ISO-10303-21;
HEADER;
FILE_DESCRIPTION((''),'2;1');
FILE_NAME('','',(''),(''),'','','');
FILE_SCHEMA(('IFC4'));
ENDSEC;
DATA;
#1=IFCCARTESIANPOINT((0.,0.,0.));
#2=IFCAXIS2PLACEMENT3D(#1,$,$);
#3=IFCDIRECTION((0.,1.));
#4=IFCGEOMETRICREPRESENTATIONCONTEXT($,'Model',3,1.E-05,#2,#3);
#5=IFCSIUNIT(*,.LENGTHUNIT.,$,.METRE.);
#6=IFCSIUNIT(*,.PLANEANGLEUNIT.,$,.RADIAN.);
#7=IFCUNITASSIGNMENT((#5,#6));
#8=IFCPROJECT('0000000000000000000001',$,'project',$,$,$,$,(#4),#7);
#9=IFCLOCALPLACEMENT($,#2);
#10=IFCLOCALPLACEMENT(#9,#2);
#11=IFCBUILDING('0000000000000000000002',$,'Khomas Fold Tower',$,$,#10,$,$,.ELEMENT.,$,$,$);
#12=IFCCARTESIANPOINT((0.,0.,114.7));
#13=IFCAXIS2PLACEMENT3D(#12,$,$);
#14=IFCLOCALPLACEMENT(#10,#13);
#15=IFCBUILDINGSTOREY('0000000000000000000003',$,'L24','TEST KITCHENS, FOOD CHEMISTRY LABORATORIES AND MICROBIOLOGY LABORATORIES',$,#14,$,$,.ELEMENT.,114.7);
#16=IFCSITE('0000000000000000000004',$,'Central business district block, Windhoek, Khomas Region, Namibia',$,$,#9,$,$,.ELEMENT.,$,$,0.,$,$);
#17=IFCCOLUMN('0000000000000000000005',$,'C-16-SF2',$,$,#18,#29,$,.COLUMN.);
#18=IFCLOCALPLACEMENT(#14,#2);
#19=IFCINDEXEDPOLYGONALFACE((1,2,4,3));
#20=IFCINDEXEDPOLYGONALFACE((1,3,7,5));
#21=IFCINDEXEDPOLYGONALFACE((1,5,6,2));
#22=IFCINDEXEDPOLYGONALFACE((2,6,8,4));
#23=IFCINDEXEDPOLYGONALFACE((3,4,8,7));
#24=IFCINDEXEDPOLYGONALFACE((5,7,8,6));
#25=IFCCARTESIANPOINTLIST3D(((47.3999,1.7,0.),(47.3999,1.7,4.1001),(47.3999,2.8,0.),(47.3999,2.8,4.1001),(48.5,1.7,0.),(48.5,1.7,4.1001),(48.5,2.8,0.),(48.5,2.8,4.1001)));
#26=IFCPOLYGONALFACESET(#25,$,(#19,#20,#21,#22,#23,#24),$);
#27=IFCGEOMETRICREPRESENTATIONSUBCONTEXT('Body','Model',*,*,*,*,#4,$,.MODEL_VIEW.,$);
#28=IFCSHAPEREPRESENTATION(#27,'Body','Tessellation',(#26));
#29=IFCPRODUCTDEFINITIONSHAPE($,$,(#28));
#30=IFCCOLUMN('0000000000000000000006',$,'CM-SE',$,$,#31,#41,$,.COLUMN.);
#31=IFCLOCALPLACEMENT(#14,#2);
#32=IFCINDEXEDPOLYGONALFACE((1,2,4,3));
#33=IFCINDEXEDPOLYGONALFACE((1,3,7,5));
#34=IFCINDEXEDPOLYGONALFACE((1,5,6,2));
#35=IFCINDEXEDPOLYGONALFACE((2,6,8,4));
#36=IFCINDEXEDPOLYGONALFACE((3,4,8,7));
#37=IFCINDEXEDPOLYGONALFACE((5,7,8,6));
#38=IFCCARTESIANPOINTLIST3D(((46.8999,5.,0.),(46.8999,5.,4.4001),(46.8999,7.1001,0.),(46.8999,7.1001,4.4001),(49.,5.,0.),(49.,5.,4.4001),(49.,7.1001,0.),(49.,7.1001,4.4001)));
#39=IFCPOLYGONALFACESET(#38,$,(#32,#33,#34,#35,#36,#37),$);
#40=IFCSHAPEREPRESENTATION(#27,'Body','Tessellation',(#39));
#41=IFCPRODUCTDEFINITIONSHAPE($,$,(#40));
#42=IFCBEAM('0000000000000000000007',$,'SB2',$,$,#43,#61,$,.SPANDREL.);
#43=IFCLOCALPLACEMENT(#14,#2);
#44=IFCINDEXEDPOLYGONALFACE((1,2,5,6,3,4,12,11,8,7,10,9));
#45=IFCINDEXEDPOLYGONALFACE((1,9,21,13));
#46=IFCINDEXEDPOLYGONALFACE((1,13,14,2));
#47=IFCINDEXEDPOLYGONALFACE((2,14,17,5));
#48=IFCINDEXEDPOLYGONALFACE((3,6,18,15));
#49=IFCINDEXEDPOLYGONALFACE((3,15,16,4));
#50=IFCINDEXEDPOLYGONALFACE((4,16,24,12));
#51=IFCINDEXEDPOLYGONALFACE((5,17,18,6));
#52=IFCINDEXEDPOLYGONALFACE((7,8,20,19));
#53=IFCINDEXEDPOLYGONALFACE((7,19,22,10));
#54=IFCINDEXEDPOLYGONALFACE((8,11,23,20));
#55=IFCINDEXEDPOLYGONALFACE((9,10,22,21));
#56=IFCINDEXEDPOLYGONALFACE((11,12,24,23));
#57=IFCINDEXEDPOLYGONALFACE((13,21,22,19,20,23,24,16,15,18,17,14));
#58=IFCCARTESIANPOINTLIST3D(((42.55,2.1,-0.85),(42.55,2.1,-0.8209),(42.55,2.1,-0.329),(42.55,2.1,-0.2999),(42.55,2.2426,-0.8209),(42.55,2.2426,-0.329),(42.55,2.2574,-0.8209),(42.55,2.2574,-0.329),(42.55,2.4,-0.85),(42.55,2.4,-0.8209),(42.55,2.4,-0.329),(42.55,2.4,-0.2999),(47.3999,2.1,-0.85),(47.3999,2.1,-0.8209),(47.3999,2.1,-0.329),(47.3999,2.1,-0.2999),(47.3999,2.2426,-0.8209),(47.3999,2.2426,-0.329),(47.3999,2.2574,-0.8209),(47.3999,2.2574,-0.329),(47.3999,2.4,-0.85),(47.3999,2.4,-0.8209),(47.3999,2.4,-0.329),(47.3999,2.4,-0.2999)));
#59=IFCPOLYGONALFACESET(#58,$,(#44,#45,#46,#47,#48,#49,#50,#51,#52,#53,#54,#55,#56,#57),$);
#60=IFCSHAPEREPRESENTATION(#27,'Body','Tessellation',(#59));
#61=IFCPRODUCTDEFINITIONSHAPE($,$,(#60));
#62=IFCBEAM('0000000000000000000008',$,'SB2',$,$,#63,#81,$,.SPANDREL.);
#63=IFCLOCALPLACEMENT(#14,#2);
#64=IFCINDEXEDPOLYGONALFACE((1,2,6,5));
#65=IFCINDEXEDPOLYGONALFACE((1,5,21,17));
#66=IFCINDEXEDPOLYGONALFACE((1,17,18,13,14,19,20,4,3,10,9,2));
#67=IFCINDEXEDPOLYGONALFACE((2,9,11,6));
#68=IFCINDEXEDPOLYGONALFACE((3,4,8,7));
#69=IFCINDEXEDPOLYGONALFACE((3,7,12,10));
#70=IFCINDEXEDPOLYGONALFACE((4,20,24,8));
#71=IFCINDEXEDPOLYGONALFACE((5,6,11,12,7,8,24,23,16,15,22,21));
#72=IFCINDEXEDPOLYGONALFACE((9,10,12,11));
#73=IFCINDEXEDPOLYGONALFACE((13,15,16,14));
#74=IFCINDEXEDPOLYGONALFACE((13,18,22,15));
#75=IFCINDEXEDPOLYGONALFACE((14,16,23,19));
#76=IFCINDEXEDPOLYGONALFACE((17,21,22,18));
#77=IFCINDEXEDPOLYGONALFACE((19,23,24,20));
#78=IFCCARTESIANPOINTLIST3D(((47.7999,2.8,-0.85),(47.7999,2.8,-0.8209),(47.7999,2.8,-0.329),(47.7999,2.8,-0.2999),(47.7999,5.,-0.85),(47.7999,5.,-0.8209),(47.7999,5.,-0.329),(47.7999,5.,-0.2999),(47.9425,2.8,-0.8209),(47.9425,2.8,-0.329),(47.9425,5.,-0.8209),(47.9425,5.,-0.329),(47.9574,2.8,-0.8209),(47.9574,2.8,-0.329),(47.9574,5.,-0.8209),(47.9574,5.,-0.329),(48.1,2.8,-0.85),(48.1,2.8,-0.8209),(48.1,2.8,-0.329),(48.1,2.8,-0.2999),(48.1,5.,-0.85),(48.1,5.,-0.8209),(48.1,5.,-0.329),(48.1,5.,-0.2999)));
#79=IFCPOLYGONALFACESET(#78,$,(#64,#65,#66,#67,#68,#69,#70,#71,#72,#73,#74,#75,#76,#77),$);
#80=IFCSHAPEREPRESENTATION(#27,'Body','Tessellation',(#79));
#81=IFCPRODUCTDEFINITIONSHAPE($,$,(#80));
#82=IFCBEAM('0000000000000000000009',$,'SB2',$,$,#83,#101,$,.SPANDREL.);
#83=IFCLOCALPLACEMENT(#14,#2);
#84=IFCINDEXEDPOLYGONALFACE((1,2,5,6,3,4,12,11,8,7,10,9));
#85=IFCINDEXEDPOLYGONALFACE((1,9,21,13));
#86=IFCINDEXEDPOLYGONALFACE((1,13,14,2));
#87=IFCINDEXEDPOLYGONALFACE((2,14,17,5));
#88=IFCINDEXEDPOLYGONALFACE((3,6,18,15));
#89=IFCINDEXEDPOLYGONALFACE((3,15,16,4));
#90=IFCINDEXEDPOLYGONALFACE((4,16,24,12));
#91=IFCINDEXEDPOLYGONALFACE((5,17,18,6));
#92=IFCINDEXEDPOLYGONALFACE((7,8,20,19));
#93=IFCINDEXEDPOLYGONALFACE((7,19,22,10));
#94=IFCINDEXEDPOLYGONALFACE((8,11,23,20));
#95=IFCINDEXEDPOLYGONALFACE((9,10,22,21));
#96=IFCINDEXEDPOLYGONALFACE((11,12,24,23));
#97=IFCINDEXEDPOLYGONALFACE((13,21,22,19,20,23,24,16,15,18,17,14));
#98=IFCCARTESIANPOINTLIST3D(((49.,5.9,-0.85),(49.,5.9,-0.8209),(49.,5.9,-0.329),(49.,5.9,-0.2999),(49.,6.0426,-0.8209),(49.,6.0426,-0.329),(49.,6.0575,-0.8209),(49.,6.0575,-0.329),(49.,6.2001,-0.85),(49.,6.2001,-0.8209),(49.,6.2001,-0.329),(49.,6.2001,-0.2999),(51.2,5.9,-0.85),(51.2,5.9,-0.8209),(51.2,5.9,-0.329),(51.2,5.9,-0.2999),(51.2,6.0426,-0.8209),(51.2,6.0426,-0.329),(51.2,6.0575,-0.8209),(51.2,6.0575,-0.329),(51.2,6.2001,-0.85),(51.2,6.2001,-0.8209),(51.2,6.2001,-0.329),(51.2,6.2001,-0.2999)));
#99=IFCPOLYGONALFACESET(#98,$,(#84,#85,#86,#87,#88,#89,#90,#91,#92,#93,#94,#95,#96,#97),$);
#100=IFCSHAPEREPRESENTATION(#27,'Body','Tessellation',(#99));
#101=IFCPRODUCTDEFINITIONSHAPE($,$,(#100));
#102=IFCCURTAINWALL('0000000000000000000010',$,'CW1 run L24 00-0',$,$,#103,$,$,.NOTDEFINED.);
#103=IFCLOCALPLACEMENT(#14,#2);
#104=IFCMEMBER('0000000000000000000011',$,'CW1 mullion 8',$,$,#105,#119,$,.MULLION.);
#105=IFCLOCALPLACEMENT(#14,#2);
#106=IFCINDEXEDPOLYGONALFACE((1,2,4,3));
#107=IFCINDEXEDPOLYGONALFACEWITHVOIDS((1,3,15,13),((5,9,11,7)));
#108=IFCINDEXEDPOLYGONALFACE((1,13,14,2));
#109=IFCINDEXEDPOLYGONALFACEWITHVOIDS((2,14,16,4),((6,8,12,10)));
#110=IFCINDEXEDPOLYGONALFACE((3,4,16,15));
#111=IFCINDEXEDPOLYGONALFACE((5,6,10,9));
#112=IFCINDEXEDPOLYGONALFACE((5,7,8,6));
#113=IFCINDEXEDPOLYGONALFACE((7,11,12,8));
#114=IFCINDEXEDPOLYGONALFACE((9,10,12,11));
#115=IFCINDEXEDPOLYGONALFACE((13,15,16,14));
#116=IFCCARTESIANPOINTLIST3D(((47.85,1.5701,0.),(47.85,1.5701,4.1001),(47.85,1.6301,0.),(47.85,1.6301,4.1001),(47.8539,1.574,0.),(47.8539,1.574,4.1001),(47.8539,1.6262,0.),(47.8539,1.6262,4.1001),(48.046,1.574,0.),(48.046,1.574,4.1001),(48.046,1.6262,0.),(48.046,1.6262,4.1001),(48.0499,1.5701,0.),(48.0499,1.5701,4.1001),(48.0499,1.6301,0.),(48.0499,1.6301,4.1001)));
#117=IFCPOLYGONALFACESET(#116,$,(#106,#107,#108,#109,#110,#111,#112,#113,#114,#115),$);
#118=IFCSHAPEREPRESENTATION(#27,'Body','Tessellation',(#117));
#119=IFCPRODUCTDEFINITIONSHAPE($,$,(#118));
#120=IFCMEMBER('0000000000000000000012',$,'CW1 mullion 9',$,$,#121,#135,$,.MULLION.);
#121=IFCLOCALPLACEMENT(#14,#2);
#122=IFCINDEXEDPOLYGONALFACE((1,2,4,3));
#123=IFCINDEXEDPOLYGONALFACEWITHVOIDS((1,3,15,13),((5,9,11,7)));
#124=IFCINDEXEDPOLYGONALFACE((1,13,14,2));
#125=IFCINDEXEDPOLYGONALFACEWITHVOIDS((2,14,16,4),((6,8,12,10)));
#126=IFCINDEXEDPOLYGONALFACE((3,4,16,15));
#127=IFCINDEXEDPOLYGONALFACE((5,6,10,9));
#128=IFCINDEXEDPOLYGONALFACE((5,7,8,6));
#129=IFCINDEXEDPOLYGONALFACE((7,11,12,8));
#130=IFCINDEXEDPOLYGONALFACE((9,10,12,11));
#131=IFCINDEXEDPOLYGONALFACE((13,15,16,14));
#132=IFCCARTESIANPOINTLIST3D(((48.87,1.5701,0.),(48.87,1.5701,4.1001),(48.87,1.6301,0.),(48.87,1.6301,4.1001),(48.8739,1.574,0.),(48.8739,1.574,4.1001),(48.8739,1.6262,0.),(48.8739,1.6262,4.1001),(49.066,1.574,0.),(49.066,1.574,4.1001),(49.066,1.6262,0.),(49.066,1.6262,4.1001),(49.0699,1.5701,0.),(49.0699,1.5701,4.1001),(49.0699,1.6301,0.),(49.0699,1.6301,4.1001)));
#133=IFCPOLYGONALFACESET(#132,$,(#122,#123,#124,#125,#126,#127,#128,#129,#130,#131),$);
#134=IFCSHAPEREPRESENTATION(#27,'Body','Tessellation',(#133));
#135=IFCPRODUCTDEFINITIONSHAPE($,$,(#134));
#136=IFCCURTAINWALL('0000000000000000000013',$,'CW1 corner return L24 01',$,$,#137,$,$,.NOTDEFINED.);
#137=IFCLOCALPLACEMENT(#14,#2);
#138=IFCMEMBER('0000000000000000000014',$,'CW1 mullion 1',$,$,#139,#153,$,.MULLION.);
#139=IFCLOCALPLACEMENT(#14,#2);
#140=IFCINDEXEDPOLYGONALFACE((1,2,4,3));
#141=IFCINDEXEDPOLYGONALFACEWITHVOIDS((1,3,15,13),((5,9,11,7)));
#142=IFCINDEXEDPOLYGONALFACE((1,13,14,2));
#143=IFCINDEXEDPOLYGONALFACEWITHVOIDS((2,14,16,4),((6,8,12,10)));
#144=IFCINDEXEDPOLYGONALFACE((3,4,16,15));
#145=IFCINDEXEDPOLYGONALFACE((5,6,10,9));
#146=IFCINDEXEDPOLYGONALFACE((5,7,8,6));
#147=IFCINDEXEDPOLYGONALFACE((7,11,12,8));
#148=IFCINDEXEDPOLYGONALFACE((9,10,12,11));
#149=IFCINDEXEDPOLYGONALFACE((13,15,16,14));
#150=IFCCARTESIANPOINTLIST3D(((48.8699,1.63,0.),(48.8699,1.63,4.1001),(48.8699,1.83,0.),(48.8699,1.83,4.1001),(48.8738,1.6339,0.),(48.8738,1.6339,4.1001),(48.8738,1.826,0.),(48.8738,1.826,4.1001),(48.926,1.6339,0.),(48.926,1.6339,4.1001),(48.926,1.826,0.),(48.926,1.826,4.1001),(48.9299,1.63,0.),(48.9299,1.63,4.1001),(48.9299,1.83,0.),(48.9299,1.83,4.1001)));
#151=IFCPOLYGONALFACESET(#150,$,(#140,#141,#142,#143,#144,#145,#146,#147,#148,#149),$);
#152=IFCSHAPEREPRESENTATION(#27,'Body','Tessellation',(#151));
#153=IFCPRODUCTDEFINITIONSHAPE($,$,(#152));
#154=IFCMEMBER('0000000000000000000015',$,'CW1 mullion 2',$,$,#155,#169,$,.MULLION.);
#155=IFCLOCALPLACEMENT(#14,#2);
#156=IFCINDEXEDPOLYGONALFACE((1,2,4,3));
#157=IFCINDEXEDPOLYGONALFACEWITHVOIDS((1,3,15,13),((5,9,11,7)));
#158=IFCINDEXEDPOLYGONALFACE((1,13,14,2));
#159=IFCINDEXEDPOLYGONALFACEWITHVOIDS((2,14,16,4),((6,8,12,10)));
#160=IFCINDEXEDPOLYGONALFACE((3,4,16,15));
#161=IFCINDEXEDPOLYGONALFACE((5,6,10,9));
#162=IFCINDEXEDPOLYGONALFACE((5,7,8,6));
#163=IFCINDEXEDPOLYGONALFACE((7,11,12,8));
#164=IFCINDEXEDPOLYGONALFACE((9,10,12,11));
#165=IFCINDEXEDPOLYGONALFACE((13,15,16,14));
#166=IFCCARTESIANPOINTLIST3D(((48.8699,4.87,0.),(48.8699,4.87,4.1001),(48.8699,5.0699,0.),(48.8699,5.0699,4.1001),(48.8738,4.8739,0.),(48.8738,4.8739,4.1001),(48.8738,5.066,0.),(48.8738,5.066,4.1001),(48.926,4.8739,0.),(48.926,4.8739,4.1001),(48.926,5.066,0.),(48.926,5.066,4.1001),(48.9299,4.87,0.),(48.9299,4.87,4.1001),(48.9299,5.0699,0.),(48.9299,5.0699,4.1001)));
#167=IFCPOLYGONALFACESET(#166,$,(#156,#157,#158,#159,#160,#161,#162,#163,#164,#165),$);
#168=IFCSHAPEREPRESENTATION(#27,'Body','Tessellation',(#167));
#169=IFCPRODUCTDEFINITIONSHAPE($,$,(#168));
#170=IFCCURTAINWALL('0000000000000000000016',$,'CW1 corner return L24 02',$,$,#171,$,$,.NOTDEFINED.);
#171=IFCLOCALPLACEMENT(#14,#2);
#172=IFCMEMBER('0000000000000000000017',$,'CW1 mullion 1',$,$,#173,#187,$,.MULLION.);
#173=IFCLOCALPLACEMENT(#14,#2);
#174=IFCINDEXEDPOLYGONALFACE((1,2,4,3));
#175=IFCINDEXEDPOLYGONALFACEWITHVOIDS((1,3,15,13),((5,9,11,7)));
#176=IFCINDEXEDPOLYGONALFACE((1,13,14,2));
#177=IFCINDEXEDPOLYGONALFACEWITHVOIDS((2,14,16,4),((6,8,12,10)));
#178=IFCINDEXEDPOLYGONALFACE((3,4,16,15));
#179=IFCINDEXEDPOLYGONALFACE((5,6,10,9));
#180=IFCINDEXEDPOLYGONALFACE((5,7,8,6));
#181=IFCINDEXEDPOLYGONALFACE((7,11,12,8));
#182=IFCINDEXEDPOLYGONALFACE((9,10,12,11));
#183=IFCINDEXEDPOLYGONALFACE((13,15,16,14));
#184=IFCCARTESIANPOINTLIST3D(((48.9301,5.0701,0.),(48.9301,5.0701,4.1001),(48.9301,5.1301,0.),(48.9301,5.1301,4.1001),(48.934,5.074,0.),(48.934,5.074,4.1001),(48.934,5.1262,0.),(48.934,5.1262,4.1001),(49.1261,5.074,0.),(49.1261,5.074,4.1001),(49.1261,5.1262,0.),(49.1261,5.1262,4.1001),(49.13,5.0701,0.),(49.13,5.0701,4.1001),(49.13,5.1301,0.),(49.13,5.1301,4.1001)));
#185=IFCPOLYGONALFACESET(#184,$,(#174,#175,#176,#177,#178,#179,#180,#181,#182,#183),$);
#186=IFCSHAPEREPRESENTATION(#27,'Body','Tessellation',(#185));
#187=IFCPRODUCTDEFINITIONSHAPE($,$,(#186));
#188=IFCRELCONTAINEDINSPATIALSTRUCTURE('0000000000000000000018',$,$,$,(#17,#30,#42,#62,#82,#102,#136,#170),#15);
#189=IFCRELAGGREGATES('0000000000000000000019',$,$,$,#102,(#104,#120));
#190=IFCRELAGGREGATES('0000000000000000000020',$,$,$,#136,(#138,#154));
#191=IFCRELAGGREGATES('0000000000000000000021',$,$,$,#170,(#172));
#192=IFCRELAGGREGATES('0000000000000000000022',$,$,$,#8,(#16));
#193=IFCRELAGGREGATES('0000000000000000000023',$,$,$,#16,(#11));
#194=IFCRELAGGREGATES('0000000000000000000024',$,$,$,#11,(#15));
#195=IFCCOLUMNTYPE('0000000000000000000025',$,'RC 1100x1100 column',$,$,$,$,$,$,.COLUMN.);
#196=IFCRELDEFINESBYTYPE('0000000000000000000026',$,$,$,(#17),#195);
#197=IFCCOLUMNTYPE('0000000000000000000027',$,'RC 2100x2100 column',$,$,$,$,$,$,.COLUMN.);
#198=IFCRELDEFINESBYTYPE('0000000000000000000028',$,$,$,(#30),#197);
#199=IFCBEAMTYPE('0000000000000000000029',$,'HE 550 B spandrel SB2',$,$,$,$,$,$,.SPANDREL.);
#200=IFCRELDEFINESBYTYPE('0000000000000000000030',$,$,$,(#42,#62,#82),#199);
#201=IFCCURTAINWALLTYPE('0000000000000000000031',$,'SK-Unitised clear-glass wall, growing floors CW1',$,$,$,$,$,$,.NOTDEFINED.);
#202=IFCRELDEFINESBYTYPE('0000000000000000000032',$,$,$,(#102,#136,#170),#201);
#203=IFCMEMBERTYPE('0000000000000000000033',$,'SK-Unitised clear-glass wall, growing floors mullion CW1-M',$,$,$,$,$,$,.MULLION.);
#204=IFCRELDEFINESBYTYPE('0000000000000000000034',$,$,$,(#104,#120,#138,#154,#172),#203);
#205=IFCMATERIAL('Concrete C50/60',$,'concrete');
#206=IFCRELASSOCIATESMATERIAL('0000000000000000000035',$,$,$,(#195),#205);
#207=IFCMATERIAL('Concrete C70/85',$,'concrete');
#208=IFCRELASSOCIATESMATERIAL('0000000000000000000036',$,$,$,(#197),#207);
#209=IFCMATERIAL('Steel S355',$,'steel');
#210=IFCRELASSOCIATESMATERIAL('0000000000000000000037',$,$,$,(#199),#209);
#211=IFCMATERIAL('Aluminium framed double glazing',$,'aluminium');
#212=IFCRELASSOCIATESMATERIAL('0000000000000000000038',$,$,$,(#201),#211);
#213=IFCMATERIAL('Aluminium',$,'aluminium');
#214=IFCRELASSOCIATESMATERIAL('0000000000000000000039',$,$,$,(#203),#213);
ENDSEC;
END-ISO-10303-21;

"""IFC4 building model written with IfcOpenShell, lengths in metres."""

from ifc_helpers import new_model, si_unit, direction, frame, origin, origin_2d, place, context, subcontext, project, spatial, rectangle, hollow_rectangle, i_section, extrude, source, transform, mapped, material, material_profile, profile_set, type_object, element, aggregate, save


model = new_model("IFC4")

# Units and contexts
model_context = context("Model", 3, precision=1e-05, world=origin(), true_north=direction((0.0, 1.0)))
body_context = subcontext(model_context, "Body", "Model", "MODEL_VIEW")
ifc_project = project(units=[si_unit("LENGTHUNIT", "METRE"), si_unit("PLANEANGLEUNIT", "RADIAN")], contexts=[model_context])

# Site, building, storey
site_placement = place(None, origin())
site = spatial("IfcSite", under=ifc_project, at=site_placement, Name="Central business district block, Windhoek, Khomas Region, Namibia", CompositionType="ELEMENT", RefElevation=0.0)
building_placement = place(site_placement, origin())
building = spatial("IfcBuilding", under=site, at=building_placement, Name="Khomas Fold Tower", CompositionType="ELEMENT")
storey_placement = place(building_placement, frame((0.0, 0.0, 114.7)))
storey = spatial("IfcBuildingStorey", under=building, at=storey_placement, Name="L24", Description="TEST KITCHENS, FOOD CHEMISTRY LABORATORIES AND MICROBIOLOGY LABORATORIES", CompositionType="ELEMENT", Elevation=114.7)

# Columns
ifc_material_1 = material(Name="Concrete C50/60", Category="concrete")
ifc_material_profile_1 = material_profile(ifc_material_1, rectangle(XDim=1.1001, YDim=1.1001, at=origin_2d()), Name="RC 1100x1100")
ifc_profile_set_1 = profile_set([ifc_material_profile_1], Name="Concrete C50/60")
column_type_1 = type_object("IfcColumnType", Name="RC 1100x1100 column", PredefinedType="COLUMN", material=ifc_profile_set_1)
shared_shape_1 = source(origin(), body_context, "Body", "SweptSolid", [
    extrude(rectangle(XDim=1.1001, YDim=1.1001, at=origin_2d()), origin(), (0.0, 0.0, 1.0), 4.1001),
])
column_1_placement = place(storey_placement, frame((47.95, 2.25, 0.0), z_axis=(0.0, 0.0, 1.0), x_axis=(1.0, 0.0, 0.0)))
element("IfcColumn", 1, at=column_1_placement, inside=storey, type_object=column_type_1, Name="C-16-SF2", PredefinedType="COLUMN", context=body_context, shape_type="MappedRepresentation", body=[
    mapped(shared_shape_1, transform((0.0, 0.0, 0.0))),
])
ifc_material_2 = material(Name="Concrete C70/85", Category="concrete")
ifc_material_profile_2 = material_profile(ifc_material_2, rectangle(XDim=2.1001, YDim=2.1001, at=origin_2d()), Name="RC 2100x2100")
ifc_profile_set_2 = profile_set([ifc_material_profile_2], Name="Concrete C70/85")
column_type_2 = type_object("IfcColumnType", Name="RC 2100x2100 column", PredefinedType="COLUMN", material=ifc_profile_set_2)
shared_shape_2 = source(origin(), body_context, "Body", "SweptSolid", [
    extrude(rectangle(XDim=2.1001, YDim=2.1001, at=origin_2d()), origin(), (0.0, 0.0, 1.0), 4.4001),
])
column_2_placement = place(storey_placement, frame((47.95, 6.05, 0.0), z_axis=(0.0, 0.0, 1.0), x_axis=(1.0, 0.0, 0.0)))
element("IfcColumn", 2, at=column_2_placement, inside=storey, type_object=column_type_2, Name="CM-SE", PredefinedType="COLUMN", context=body_context, shape_type="MappedRepresentation", body=[
    mapped(shared_shape_2, transform((0.0, 0.0, 0.0))),
])

# Beams
ifc_material_3 = material(Name="Steel S355", Category="steel")
ifc_material_profile_3 = material_profile(ifc_material_3, i_section(OverallWidth=0.3, OverallDepth=0.55, WebThickness=0.0149, FlangeThickness=0.0291, at=origin_2d()), Name="HE 550 B")
ifc_profile_set_3 = profile_set([ifc_material_profile_3], Name="Steel S355")
beam_type = type_object("IfcBeamType", Name="HE 550 B spandrel SB2", PredefinedType="SPANDREL", material=ifc_profile_set_3)
shared_shape_3 = source(origin(), body_context, "Body", "SweptSolid", [
    extrude(i_section(OverallWidth=0.3, OverallDepth=0.55, WebThickness=0.0149, FlangeThickness=0.0291, at=origin_2d()), origin(), (0.0, 0.0, 1.0), 4.8499),
])
beam_placement = place(storey_placement, frame((42.55, 2.25, -0.575), z_axis=(1.0, 0.0, 0.0), x_axis=(0.0, 1.0, 0.0)))
element("IfcBeam", 3, at=beam_placement, inside=storey, type_object=beam_type, Name="SB2", PredefinedType="SPANDREL", context=body_context, shape_type="MappedRepresentation", body=[
    mapped(shared_shape_3, transform((0.0, 0.0, 0.0))),
])
shared_shape_4 = source(origin(), body_context, "Body", "SweptSolid", [
    extrude(i_section(OverallWidth=0.3, OverallDepth=0.55, WebThickness=0.0149, FlangeThickness=0.0291, at=origin_2d()), origin(), (0.0, 0.0, 1.0), 2.2),
])
for number, where, z_axis, x_axis, name in (
    (4, (47.95, 2.8, -0.575), (0.0, 1.0, 0.0), (-1.0, 0.0, 0.0), "SB2"),
    (5, (49.0, 6.05, -0.575), (1.0, 0.0, 0.0), (0.0, 1.0, 0.0), "SB2"),
):
    element("IfcBeam", number, at=place(storey_placement, frame(where, z_axis=z_axis, x_axis=x_axis)), inside=storey, type_object=beam_type, Name=name, PredefinedType="SPANDREL", context=body_context, shape_type="MappedRepresentation", body=[
        mapped(shared_shape_4, transform((0.0, 0.0, 0.0))),
    ])

# Curtain walls, members
ifc_material_4 = material(Name="Aluminium framed double glazing", Category="aluminium")
curtain_wall_type = type_object("IfcCurtainWallType", Name="SK-Unitised clear-glass wall, growing floors CW1", PredefinedType="NOTDEFINED", material=ifc_material_4)
curtain_wall_1_placement = place(storey_placement, origin())
curtain_wall_1 = element("IfcCurtainWall", 6, at=curtain_wall_1_placement, inside=storey, type_object=curtain_wall_type, Name="CW1 run L24 00-0", PredefinedType="NOTDEFINED")
ifc_material_5 = material(Name="Aluminium", Category="aluminium")
ifc_material_profile_4 = material_profile(ifc_material_5, hollow_rectangle(XDim=0.0601, YDim=0.2, WallThickness=0.0039, at=origin_2d()), Name="SK-Unitised clear-glass wall, growing floors mullion CW1-M")
ifc_profile_set_4 = profile_set([ifc_material_profile_4], Name="Aluminium")
member_type_1 = type_object("IfcMemberType", Name="SK-Unitised clear-glass wall, growing floors mullion CW1-M", PredefinedType="MULLION", material=ifc_profile_set_4)
shared_shape_5 = source(origin(), body_context, "Body", "SweptSolid", [
    extrude(hollow_rectangle(XDim=0.0601, YDim=0.2, WallThickness=0.0039, at=origin_2d()), origin(), (0.0, 0.0, 1.0), 4.1001),
])
member_1_placement = place(storey_placement, frame((47.95, 1.6001, 0.0), z_axis=(0.0, 0.0, 1.0), x_axis=(0.0, 1.0, 0.0)))
member_1 = element("IfcMember", 7, at=member_1_placement, type_object=member_type_1, Name="CW1 mullion 8", PredefinedType="MULLION", context=body_context, shape_type="MappedRepresentation", body=[
    mapped(shared_shape_5, transform((0.0, 0.0, 0.0))),
])
member_2_placement = place(storey_placement, frame((48.97, 1.6001, 0.0), z_axis=(0.0, 0.0, 1.0), x_axis=(0.0, 1.0, 0.0)))
member_2 = element("IfcMember", 8, at=member_2_placement, type_object=member_type_1, Name="CW1 mullion 9", PredefinedType="MULLION", context=body_context, shape_type="MappedRepresentation", body=[
    mapped(shared_shape_5, transform((0.0, 0.0, 0.0))),
])
curtain_wall_2_placement = place(storey_placement, origin())
curtain_wall_2 = element("IfcCurtainWall", 9, at=curtain_wall_2_placement, inside=storey, type_object=curtain_wall_type, Name="CW1 corner return L24 01", PredefinedType="NOTDEFINED")
member_3_placement = place(storey_placement, frame((48.8999, 1.73, 0.0), z_axis=(0.0, 0.0, 1.0), x_axis=(-1.0, 0.0, 0.0)))
member_3 = element("IfcMember", 10, at=member_3_placement, type_object=member_type_1, Name="CW1 mullion 1", PredefinedType="MULLION", context=body_context, shape_type="MappedRepresentation", body=[
    mapped(shared_shape_5, transform((0.0, 0.0, 0.0))),
])
member_4_placement = place(storey_placement, frame((48.8999, 4.97, 0.0), z_axis=(0.0, 0.0, 1.0), x_axis=(-1.0, 0.0, 0.0)))
member_4 = element("IfcMember", 11, at=member_4_placement, type_object=member_type_1, Name="CW1 mullion 2", PredefinedType="MULLION", context=body_context, shape_type="MappedRepresentation", body=[
    mapped(shared_shape_5, transform((0.0, 0.0, 0.0))),
])
curtain_wall_3_placement = place(storey_placement, origin())
curtain_wall_3 = element("IfcCurtainWall", 12, at=curtain_wall_3_placement, inside=storey, type_object=curtain_wall_type, Name="CW1 corner return L24 02", PredefinedType="NOTDEFINED")
member_5_placement = place(storey_placement, frame((49.03, 5.1001, 0.0), z_axis=(0.0, 0.0, 1.0), x_axis=(0.0, 1.0, 0.0)))
member_5 = element("IfcMember", 13, at=member_5_placement, type_object=member_type_1, Name="CW1 mullion 1", PredefinedType="MULLION", context=body_context, shape_type="MappedRepresentation", body=[
    mapped(shared_shape_5, transform((0.0, 0.0, 0.0))),
])

aggregate(curtain_wall_1, [member_1, member_2])
aggregate(curtain_wall_2, [member_3, member_4])
aggregate(curtain_wall_3, [member_5])

save(model, "model.ifc")
